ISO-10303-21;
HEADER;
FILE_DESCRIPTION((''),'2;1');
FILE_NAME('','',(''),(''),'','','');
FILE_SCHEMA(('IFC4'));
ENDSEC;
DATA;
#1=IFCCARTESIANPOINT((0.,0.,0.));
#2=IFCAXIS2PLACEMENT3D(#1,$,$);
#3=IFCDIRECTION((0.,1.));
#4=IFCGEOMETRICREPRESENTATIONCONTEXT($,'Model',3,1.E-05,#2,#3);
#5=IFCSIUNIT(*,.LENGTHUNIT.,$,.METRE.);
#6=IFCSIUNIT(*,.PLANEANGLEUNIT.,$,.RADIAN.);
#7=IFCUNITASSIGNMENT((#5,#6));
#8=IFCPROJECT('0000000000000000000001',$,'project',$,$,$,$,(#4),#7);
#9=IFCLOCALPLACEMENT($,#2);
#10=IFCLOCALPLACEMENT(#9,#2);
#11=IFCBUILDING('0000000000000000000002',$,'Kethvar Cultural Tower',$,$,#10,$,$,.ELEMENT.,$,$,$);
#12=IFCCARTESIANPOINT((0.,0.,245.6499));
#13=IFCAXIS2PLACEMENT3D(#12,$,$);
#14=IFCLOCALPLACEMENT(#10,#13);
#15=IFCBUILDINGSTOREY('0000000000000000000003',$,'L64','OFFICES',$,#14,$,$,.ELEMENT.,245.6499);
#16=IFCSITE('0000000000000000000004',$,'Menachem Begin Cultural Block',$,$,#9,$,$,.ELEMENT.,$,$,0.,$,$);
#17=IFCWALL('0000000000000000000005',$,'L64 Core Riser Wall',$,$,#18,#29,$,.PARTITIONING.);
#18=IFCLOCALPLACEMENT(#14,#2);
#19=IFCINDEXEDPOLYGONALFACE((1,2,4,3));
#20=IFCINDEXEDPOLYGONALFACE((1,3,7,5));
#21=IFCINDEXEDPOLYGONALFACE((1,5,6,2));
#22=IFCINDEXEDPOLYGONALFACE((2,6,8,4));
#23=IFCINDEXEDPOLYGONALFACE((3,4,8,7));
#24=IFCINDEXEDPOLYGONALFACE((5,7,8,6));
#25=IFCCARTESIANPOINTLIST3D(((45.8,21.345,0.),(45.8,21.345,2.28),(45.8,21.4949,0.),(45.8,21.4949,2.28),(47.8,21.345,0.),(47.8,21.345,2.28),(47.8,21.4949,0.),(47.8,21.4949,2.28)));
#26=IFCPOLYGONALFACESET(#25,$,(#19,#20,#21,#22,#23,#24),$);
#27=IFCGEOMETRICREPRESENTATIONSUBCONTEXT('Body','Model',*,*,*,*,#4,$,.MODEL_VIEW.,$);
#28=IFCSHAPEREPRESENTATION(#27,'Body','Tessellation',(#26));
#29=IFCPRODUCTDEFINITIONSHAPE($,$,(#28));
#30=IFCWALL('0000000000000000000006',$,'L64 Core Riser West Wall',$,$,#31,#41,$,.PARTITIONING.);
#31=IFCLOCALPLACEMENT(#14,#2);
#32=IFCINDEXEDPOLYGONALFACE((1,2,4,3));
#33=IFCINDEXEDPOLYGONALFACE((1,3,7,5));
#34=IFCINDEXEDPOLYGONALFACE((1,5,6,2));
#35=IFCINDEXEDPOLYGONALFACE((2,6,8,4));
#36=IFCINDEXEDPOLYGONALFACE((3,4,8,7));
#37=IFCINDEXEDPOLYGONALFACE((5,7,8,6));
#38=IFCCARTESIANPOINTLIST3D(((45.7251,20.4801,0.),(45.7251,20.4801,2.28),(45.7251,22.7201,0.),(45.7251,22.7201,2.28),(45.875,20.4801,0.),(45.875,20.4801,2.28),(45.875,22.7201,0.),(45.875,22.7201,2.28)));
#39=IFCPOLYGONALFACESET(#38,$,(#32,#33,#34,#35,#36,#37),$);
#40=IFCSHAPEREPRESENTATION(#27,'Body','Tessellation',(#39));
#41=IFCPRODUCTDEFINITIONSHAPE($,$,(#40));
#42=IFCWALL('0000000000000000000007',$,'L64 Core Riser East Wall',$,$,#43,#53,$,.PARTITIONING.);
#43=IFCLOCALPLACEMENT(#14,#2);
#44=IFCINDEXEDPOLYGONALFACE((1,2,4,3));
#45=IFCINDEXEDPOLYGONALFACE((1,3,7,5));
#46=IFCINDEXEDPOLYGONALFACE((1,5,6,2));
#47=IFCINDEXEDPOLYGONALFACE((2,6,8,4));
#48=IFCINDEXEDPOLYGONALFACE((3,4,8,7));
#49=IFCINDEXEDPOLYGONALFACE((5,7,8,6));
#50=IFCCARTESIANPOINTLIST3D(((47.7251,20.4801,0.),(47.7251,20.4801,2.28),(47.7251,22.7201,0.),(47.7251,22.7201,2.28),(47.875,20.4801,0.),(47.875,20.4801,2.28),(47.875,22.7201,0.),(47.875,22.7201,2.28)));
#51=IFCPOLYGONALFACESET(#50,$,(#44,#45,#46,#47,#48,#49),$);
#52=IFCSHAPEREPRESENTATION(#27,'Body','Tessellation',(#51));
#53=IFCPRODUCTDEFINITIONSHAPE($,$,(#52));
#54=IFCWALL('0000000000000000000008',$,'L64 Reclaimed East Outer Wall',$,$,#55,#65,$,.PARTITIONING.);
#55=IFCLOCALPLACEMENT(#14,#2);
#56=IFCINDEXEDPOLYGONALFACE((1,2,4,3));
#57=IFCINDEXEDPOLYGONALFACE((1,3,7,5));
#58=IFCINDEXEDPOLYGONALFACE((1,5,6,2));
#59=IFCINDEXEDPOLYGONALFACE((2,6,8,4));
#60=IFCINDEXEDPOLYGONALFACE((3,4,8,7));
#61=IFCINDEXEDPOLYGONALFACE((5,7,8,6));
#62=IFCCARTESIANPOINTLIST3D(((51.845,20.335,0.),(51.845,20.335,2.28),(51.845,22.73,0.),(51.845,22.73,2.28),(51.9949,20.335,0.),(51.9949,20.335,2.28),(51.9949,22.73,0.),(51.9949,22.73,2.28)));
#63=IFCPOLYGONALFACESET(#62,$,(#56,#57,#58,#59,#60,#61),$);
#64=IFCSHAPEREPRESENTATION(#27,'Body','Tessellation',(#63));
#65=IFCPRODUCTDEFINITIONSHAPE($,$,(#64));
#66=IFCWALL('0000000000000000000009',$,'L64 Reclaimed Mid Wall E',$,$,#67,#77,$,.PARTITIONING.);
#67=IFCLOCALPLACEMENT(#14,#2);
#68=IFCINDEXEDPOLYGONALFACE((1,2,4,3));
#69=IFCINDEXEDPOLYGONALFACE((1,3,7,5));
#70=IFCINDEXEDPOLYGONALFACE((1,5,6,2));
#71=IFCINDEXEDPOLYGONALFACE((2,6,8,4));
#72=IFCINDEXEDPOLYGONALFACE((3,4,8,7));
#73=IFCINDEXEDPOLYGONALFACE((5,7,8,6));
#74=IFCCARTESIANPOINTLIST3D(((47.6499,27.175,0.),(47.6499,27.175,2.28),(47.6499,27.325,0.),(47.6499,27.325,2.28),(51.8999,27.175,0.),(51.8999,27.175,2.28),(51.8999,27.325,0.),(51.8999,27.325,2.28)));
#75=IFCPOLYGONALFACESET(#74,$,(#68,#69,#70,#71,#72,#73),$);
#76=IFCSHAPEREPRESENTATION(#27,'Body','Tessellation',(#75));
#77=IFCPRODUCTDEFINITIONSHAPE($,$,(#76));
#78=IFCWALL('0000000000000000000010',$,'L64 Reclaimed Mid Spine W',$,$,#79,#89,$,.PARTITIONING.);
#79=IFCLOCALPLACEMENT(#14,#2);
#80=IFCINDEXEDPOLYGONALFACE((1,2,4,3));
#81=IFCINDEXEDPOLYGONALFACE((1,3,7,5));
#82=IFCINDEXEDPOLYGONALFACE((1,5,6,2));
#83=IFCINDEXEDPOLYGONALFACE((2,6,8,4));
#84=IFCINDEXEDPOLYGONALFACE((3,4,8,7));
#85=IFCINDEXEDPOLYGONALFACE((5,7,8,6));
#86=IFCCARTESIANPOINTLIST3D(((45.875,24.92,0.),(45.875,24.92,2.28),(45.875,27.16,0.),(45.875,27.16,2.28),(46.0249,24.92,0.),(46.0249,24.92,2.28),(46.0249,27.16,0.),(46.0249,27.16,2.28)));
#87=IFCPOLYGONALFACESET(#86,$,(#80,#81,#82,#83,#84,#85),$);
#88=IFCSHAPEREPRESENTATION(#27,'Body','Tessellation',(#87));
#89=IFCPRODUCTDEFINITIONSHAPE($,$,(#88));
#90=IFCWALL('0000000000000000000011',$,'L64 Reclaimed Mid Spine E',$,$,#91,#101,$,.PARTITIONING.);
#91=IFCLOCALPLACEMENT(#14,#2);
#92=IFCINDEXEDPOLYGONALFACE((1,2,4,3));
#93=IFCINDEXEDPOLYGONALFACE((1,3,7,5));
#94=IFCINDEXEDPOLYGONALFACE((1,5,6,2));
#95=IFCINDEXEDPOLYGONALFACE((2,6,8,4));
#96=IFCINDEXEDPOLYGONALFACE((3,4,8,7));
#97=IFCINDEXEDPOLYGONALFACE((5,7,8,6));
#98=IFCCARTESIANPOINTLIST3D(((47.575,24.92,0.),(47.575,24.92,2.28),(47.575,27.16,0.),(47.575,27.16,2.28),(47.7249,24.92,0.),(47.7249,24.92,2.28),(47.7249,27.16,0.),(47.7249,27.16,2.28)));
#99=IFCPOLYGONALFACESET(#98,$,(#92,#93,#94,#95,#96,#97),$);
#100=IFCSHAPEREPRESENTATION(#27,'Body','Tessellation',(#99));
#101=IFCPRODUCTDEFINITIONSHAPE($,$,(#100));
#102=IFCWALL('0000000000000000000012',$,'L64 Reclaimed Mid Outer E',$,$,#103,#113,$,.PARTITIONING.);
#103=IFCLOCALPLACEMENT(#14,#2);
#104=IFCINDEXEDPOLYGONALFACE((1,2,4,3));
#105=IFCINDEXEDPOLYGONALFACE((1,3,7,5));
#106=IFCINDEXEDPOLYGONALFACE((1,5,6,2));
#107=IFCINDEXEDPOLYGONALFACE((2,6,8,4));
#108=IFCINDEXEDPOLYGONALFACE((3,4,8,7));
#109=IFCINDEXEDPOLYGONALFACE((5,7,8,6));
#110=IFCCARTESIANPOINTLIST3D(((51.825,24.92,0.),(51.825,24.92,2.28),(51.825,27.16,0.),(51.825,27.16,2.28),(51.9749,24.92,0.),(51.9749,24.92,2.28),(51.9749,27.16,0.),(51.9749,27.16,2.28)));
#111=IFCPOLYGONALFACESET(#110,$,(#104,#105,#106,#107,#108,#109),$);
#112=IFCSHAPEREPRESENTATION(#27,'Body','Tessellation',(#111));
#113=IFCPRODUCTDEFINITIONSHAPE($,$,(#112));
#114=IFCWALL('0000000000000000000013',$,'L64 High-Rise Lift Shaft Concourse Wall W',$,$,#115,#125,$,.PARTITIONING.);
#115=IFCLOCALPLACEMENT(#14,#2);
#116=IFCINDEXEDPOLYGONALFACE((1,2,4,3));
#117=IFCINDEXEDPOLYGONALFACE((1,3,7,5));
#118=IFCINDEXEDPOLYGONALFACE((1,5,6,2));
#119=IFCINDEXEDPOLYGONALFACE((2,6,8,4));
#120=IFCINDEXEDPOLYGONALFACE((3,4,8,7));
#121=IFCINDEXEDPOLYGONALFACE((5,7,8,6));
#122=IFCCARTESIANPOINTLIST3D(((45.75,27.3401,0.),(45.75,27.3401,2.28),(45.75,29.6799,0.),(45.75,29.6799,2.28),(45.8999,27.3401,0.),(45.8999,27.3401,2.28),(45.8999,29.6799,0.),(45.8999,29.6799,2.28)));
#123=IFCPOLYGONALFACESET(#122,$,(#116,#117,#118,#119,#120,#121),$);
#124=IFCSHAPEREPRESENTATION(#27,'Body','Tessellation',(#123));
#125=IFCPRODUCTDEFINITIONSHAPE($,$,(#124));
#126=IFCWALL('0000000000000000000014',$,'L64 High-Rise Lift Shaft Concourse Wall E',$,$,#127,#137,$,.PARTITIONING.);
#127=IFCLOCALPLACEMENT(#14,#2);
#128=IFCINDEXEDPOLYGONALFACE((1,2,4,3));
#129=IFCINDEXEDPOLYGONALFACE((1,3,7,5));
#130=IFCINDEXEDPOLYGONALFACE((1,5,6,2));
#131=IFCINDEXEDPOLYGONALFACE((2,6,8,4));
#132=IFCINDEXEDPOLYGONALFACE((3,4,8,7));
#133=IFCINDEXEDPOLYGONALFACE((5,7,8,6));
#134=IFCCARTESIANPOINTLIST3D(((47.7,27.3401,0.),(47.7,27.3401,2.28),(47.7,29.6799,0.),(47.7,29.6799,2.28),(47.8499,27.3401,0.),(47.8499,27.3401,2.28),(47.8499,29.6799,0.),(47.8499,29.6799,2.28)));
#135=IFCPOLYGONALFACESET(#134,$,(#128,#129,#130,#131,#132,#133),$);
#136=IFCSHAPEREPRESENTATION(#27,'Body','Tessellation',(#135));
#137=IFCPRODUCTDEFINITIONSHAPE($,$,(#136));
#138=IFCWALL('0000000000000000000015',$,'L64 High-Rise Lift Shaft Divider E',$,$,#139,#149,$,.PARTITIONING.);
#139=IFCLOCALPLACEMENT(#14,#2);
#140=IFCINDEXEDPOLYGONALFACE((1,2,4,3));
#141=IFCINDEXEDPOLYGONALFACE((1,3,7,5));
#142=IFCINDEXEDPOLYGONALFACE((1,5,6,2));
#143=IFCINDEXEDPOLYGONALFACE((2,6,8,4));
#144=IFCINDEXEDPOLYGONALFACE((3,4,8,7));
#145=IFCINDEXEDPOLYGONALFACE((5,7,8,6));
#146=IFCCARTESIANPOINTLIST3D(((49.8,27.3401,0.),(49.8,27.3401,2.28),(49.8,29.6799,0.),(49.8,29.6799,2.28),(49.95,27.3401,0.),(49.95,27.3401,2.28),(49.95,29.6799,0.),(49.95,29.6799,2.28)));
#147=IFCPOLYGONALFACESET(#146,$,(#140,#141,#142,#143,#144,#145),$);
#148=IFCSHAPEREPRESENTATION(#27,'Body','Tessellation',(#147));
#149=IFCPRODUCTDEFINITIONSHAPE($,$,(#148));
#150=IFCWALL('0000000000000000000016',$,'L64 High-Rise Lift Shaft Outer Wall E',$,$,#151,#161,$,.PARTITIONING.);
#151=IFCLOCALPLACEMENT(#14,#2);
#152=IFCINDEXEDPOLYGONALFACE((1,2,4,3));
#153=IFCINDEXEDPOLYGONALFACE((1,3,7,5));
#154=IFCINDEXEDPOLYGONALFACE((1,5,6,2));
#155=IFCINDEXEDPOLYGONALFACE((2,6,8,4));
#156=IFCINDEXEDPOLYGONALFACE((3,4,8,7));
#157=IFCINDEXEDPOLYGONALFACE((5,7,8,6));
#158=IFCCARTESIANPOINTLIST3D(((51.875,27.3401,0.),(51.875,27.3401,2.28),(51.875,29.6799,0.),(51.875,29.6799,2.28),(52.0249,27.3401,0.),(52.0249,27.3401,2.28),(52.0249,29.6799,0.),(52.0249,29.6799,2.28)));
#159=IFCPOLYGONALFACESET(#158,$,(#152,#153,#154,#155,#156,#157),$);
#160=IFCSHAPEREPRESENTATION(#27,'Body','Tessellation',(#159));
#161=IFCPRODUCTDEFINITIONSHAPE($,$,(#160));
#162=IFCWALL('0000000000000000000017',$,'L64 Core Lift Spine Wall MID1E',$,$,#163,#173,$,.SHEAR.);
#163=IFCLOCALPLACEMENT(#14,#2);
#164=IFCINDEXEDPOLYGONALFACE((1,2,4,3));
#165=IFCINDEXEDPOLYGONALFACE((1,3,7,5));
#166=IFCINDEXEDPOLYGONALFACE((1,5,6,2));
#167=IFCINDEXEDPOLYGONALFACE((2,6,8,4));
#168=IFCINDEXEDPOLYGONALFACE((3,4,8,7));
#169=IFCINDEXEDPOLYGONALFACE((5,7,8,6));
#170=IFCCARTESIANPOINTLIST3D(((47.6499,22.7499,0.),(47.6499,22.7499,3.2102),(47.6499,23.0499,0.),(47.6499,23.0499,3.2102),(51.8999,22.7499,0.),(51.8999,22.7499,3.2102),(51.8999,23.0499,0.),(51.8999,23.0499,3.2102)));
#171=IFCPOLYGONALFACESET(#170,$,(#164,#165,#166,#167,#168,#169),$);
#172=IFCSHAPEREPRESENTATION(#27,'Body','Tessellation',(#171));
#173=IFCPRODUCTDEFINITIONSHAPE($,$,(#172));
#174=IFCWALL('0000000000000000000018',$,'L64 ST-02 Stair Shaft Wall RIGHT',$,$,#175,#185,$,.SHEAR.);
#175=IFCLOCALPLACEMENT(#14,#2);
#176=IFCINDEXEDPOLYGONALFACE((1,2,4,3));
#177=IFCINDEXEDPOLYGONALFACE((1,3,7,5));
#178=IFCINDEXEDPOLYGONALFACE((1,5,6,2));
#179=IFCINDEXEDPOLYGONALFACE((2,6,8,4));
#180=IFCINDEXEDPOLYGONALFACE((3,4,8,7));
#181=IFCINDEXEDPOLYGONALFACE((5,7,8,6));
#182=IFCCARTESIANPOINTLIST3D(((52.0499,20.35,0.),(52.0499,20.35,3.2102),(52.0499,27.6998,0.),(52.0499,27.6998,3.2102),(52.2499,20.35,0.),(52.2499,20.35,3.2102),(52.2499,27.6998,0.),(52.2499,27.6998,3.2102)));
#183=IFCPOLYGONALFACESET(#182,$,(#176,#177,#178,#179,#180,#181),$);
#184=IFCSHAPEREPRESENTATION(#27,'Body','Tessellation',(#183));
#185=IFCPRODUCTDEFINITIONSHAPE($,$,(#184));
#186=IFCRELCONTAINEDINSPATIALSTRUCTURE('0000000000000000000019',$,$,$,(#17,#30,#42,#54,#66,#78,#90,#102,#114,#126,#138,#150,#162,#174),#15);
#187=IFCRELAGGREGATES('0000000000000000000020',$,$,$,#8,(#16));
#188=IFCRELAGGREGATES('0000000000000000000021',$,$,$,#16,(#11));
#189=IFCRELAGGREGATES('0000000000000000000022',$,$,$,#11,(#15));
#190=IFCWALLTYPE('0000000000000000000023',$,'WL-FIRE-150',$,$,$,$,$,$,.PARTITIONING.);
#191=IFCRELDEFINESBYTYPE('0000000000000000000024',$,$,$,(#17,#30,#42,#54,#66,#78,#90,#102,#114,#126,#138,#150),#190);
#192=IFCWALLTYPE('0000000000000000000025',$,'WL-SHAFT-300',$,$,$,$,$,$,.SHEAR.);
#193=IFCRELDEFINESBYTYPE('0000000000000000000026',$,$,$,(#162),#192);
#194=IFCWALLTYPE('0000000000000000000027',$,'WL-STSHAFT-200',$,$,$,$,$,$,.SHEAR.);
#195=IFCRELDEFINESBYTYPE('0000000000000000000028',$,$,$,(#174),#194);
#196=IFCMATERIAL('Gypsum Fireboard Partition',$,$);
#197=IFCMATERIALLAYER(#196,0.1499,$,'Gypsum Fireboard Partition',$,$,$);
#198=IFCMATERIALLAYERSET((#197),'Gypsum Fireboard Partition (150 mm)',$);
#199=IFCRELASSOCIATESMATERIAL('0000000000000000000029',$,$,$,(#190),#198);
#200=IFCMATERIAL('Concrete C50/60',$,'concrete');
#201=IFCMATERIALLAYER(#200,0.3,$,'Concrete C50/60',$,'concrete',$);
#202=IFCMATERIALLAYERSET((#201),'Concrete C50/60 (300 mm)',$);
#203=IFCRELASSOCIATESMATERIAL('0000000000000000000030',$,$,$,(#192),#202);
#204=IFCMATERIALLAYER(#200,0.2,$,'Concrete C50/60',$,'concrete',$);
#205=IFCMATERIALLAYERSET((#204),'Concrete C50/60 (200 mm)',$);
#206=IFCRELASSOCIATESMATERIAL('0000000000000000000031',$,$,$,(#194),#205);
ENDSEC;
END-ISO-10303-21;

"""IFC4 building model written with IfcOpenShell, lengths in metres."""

from ifc_helpers import new_model, si_unit, direction, frame, frame_2d, origin, place, context, subcontext, project, spatial, rectangle, extrude, material, layer, layer_set, type_object, element, save


model = new_model("IFC4")

# Units and contexts
model_context = context("Model", 3, precision=1e-05, world=origin(), true_north=direction((0.0, 1.0)))
body_context = subcontext(model_context, "Body", "Model", "MODEL_VIEW")
ifc_project = project(units=[si_unit("LENGTHUNIT", "METRE"), si_unit("PLANEANGLEUNIT", "RADIAN")], contexts=[model_context])

# Site, building, storey
site_placement = place(None, origin())
site = spatial("IfcSite", under=ifc_project, at=site_placement, Name="Menachem Begin Cultural Block", CompositionType="ELEMENT", RefElevation=0.0)
building_placement = place(site_placement, origin())
building = spatial("IfcBuilding", under=site, at=building_placement, Name="Kethvar Cultural Tower", CompositionType="ELEMENT")
storey_placement = place(building_placement, frame((0.0, 0.0, 245.6499)))
storey = spatial("IfcBuildingStorey", under=building, at=storey_placement, Name="L64", Description="OFFICES", CompositionType="ELEMENT", Elevation=245.6499)

# Walls
ifc_material_1 = material(Name="Gypsum Fireboard Partition")
ifc_layer_1 = layer(ifc_material_1, 0.1499, Name="Gypsum Fireboard Partition")
ifc_layer_set_1 = layer_set([ifc_layer_1], Name="Gypsum Fireboard Partition (150 mm)")
wall_type_1 = type_object("IfcWallType", Name="WL-FIRE-150", PredefinedType="PARTITIONING", material=ifc_layer_set_1)
wall_1_placement = place(storey_placement, frame((45.8, 21.4199, 0.0), z_axis=(0.0, 0.0, 1.0), x_axis=(1.0, 0.0, 0.0)))
element("IfcWall", 1, at=wall_1_placement, inside=storey, type_object=wall_type_1, Name="L64 Core Riser Wall", PredefinedType="PARTITIONING", context=body_context, shape_type="SweptSolid", body=[
    extrude(rectangle(XDim=2.0, YDim=0.1499, at=frame_2d((1.0, 0.0))), origin(), (0.0, 0.0, 1.0), 2.28),
])
for number, where, z_axis, x_axis, name in (
    (2, (45.8, 20.48, 0.0), (0.0, 0.0, 1.0), (0.0, 1.0, 0.0), "L64 Core Riser West Wall"),
    (3, (47.8, 20.48, 0.0), (0.0, 0.0, 1.0), (0.0, 1.0, 0.0), "L64 Core Riser East Wall"),
):
    element("IfcWall", number, at=place(storey_placement, frame(where, z_axis=z_axis, x_axis=x_axis)), inside=storey, type_object=wall_type_1, Name=name, PredefinedType="PARTITIONING", context=body_context, shape_type="SweptSolid", body=[
        extrude(rectangle(XDim=2.24, YDim=0.1499, at=frame_2d((1.1201, 0.0))), origin(), (0.0, 0.0, 1.0), 2.28),
    ])
wall_2_placement = place(storey_placement, frame((51.9199, 20.335, 0.0), z_axis=(0.0, 0.0, 1.0), x_axis=(0.0, 1.0, 0.0)))
element("IfcWall", 4, at=wall_2_placement, inside=storey, type_object=wall_type_1, Name="L64 Reclaimed East Outer Wall", PredefinedType="PARTITIONING", context=body_context, shape_type="SweptSolid", body=[
    extrude(rectangle(XDim=2.395, YDim=0.1499, at=frame_2d((1.1975, 0.0))), origin(), (0.0, 0.0, 1.0), 2.28),
])
wall_3_placement = place(storey_placement, frame((47.6499, 27.25, 0.0), z_axis=(0.0, 0.0, 1.0), x_axis=(1.0, 0.0, 0.0)))
element("IfcWall", 5, at=wall_3_placement, inside=storey, type_object=wall_type_1, Name="L64 Reclaimed Mid Wall E", PredefinedType="PARTITIONING", context=body_context, shape_type="SweptSolid", body=[
    extrude(rectangle(XDim=4.25, YDim=0.1499, at=frame_2d((2.125, 0.0))), origin(), (0.0, 0.0, 1.0), 2.28),
])
for number, where, z_axis, x_axis, name in (
    (6, (45.95, 24.9199, 0.0), (0.0, 0.0, 1.0), (0.0, 1.0, 0.0), "L64 Reclaimed Mid Spine W"),
    (7, (47.6499, 24.9199, 0.0), (0.0, 0.0, 1.0), (0.0, 1.0, 0.0), "L64 Reclaimed Mid Spine E"),
    (8, (51.8999, 24.9199, 0.0), (0.0, 0.0, 1.0), (0.0, 1.0, 0.0), "L64 Reclaimed Mid Outer E"),
):
    element("IfcWall", number, at=place(storey_placement, frame(where, z_axis=z_axis, x_axis=x_axis)), inside=storey, type_object=wall_type_1, Name=name, PredefinedType="PARTITIONING", context=body_context, shape_type="SweptSolid", body=[
        extrude(rectangle(XDim=2.24, YDim=0.1499, at=frame_2d((1.1201, 0.0))), origin(), (0.0, 0.0, 1.0), 2.28),
    ])
for number, where, z_axis, x_axis, name in (
    (9, (45.825, 27.3401, 0.0), (0.0, 0.0, 1.0), (0.0, 1.0, 0.0), "L64 High-Rise Lift Shaft Concourse Wall W"),
    (10, (47.7749, 27.3401, 0.0), (0.0, 0.0, 1.0), (0.0, 1.0, 0.0), "L64 High-Rise Lift Shaft Concourse Wall E"),
    (11, (49.875, 27.3401, 0.0), (0.0, 0.0, 1.0), (0.0, 1.0, 0.0), "L64 High-Rise Lift Shaft Divider E"),
    (12, (51.95, 27.3401, 0.0), (0.0, 0.0, 1.0), (0.0, 1.0, 0.0), "L64 High-Rise Lift Shaft Outer Wall E"),
):
    element("IfcWall", number, at=place(storey_placement, frame(where, z_axis=z_axis, x_axis=x_axis)), inside=storey, type_object=wall_type_1, Name=name, PredefinedType="PARTITIONING", context=body_context, shape_type="SweptSolid", body=[
        extrude(rectangle(XDim=2.3398, YDim=0.1499, at=frame_2d((1.1699, 0.0))), origin(), (0.0, 0.0, 1.0), 2.28),
    ])
ifc_material_2 = material(Name="Concrete C50/60", Category="concrete")
ifc_layer_2 = layer(ifc_material_2, 0.3, Name="Concrete C50/60", Category="concrete")
ifc_layer_set_2 = layer_set([ifc_layer_2], Name="Concrete C50/60 (300 mm)")
wall_type_2 = type_object("IfcWallType", Name="WL-SHAFT-300", PredefinedType="SHEAR", material=ifc_layer_set_2)
wall_4_placement = place(storey_placement, frame((47.6499, 22.8999, 0.0), z_axis=(0.0, 0.0, 1.0), x_axis=(1.0, 0.0, 0.0)))
element("IfcWall", 13, at=wall_4_placement, inside=storey, type_object=wall_type_2, Name="L64 Core Lift Spine Wall MID1E", PredefinedType="SHEAR", context=body_context, shape_type="SweptSolid", body=[
    extrude(rectangle(XDim=4.25, YDim=0.3, at=frame_2d((2.125, 0.0))), origin(), (0.0, 0.0, 1.0), 3.2102),
])

# Wall
ifc_layer_3 = layer(ifc_material_2, 0.2, Name="Concrete C50/60", Category="concrete")
ifc_layer_set_3 = layer_set([ifc_layer_3], Name="Concrete C50/60 (200 mm)")
wall_type_3 = type_object("IfcWallType", Name="WL-STSHAFT-200", PredefinedType="SHEAR", material=ifc_layer_set_3)
wall_5_placement = place(storey_placement, frame((52.1499, 20.3501, 0.0), z_axis=(0.0, 0.0, 1.0), x_axis=(0.0, 1.0, 0.0)))
element("IfcWall", 14, at=wall_5_placement, inside=storey, type_object=wall_type_3, Name="L64 ST-02 Stair Shaft Wall RIGHT", PredefinedType="SHEAR", context=body_context, shape_type="SweptSolid", body=[
    extrude(rectangle(XDim=7.3499, YDim=0.2, at=frame_2d((3.6748, 0.0))), origin(), (0.0, 0.0, 1.0), 3.2102),
])

save(model, "model.ifc")
